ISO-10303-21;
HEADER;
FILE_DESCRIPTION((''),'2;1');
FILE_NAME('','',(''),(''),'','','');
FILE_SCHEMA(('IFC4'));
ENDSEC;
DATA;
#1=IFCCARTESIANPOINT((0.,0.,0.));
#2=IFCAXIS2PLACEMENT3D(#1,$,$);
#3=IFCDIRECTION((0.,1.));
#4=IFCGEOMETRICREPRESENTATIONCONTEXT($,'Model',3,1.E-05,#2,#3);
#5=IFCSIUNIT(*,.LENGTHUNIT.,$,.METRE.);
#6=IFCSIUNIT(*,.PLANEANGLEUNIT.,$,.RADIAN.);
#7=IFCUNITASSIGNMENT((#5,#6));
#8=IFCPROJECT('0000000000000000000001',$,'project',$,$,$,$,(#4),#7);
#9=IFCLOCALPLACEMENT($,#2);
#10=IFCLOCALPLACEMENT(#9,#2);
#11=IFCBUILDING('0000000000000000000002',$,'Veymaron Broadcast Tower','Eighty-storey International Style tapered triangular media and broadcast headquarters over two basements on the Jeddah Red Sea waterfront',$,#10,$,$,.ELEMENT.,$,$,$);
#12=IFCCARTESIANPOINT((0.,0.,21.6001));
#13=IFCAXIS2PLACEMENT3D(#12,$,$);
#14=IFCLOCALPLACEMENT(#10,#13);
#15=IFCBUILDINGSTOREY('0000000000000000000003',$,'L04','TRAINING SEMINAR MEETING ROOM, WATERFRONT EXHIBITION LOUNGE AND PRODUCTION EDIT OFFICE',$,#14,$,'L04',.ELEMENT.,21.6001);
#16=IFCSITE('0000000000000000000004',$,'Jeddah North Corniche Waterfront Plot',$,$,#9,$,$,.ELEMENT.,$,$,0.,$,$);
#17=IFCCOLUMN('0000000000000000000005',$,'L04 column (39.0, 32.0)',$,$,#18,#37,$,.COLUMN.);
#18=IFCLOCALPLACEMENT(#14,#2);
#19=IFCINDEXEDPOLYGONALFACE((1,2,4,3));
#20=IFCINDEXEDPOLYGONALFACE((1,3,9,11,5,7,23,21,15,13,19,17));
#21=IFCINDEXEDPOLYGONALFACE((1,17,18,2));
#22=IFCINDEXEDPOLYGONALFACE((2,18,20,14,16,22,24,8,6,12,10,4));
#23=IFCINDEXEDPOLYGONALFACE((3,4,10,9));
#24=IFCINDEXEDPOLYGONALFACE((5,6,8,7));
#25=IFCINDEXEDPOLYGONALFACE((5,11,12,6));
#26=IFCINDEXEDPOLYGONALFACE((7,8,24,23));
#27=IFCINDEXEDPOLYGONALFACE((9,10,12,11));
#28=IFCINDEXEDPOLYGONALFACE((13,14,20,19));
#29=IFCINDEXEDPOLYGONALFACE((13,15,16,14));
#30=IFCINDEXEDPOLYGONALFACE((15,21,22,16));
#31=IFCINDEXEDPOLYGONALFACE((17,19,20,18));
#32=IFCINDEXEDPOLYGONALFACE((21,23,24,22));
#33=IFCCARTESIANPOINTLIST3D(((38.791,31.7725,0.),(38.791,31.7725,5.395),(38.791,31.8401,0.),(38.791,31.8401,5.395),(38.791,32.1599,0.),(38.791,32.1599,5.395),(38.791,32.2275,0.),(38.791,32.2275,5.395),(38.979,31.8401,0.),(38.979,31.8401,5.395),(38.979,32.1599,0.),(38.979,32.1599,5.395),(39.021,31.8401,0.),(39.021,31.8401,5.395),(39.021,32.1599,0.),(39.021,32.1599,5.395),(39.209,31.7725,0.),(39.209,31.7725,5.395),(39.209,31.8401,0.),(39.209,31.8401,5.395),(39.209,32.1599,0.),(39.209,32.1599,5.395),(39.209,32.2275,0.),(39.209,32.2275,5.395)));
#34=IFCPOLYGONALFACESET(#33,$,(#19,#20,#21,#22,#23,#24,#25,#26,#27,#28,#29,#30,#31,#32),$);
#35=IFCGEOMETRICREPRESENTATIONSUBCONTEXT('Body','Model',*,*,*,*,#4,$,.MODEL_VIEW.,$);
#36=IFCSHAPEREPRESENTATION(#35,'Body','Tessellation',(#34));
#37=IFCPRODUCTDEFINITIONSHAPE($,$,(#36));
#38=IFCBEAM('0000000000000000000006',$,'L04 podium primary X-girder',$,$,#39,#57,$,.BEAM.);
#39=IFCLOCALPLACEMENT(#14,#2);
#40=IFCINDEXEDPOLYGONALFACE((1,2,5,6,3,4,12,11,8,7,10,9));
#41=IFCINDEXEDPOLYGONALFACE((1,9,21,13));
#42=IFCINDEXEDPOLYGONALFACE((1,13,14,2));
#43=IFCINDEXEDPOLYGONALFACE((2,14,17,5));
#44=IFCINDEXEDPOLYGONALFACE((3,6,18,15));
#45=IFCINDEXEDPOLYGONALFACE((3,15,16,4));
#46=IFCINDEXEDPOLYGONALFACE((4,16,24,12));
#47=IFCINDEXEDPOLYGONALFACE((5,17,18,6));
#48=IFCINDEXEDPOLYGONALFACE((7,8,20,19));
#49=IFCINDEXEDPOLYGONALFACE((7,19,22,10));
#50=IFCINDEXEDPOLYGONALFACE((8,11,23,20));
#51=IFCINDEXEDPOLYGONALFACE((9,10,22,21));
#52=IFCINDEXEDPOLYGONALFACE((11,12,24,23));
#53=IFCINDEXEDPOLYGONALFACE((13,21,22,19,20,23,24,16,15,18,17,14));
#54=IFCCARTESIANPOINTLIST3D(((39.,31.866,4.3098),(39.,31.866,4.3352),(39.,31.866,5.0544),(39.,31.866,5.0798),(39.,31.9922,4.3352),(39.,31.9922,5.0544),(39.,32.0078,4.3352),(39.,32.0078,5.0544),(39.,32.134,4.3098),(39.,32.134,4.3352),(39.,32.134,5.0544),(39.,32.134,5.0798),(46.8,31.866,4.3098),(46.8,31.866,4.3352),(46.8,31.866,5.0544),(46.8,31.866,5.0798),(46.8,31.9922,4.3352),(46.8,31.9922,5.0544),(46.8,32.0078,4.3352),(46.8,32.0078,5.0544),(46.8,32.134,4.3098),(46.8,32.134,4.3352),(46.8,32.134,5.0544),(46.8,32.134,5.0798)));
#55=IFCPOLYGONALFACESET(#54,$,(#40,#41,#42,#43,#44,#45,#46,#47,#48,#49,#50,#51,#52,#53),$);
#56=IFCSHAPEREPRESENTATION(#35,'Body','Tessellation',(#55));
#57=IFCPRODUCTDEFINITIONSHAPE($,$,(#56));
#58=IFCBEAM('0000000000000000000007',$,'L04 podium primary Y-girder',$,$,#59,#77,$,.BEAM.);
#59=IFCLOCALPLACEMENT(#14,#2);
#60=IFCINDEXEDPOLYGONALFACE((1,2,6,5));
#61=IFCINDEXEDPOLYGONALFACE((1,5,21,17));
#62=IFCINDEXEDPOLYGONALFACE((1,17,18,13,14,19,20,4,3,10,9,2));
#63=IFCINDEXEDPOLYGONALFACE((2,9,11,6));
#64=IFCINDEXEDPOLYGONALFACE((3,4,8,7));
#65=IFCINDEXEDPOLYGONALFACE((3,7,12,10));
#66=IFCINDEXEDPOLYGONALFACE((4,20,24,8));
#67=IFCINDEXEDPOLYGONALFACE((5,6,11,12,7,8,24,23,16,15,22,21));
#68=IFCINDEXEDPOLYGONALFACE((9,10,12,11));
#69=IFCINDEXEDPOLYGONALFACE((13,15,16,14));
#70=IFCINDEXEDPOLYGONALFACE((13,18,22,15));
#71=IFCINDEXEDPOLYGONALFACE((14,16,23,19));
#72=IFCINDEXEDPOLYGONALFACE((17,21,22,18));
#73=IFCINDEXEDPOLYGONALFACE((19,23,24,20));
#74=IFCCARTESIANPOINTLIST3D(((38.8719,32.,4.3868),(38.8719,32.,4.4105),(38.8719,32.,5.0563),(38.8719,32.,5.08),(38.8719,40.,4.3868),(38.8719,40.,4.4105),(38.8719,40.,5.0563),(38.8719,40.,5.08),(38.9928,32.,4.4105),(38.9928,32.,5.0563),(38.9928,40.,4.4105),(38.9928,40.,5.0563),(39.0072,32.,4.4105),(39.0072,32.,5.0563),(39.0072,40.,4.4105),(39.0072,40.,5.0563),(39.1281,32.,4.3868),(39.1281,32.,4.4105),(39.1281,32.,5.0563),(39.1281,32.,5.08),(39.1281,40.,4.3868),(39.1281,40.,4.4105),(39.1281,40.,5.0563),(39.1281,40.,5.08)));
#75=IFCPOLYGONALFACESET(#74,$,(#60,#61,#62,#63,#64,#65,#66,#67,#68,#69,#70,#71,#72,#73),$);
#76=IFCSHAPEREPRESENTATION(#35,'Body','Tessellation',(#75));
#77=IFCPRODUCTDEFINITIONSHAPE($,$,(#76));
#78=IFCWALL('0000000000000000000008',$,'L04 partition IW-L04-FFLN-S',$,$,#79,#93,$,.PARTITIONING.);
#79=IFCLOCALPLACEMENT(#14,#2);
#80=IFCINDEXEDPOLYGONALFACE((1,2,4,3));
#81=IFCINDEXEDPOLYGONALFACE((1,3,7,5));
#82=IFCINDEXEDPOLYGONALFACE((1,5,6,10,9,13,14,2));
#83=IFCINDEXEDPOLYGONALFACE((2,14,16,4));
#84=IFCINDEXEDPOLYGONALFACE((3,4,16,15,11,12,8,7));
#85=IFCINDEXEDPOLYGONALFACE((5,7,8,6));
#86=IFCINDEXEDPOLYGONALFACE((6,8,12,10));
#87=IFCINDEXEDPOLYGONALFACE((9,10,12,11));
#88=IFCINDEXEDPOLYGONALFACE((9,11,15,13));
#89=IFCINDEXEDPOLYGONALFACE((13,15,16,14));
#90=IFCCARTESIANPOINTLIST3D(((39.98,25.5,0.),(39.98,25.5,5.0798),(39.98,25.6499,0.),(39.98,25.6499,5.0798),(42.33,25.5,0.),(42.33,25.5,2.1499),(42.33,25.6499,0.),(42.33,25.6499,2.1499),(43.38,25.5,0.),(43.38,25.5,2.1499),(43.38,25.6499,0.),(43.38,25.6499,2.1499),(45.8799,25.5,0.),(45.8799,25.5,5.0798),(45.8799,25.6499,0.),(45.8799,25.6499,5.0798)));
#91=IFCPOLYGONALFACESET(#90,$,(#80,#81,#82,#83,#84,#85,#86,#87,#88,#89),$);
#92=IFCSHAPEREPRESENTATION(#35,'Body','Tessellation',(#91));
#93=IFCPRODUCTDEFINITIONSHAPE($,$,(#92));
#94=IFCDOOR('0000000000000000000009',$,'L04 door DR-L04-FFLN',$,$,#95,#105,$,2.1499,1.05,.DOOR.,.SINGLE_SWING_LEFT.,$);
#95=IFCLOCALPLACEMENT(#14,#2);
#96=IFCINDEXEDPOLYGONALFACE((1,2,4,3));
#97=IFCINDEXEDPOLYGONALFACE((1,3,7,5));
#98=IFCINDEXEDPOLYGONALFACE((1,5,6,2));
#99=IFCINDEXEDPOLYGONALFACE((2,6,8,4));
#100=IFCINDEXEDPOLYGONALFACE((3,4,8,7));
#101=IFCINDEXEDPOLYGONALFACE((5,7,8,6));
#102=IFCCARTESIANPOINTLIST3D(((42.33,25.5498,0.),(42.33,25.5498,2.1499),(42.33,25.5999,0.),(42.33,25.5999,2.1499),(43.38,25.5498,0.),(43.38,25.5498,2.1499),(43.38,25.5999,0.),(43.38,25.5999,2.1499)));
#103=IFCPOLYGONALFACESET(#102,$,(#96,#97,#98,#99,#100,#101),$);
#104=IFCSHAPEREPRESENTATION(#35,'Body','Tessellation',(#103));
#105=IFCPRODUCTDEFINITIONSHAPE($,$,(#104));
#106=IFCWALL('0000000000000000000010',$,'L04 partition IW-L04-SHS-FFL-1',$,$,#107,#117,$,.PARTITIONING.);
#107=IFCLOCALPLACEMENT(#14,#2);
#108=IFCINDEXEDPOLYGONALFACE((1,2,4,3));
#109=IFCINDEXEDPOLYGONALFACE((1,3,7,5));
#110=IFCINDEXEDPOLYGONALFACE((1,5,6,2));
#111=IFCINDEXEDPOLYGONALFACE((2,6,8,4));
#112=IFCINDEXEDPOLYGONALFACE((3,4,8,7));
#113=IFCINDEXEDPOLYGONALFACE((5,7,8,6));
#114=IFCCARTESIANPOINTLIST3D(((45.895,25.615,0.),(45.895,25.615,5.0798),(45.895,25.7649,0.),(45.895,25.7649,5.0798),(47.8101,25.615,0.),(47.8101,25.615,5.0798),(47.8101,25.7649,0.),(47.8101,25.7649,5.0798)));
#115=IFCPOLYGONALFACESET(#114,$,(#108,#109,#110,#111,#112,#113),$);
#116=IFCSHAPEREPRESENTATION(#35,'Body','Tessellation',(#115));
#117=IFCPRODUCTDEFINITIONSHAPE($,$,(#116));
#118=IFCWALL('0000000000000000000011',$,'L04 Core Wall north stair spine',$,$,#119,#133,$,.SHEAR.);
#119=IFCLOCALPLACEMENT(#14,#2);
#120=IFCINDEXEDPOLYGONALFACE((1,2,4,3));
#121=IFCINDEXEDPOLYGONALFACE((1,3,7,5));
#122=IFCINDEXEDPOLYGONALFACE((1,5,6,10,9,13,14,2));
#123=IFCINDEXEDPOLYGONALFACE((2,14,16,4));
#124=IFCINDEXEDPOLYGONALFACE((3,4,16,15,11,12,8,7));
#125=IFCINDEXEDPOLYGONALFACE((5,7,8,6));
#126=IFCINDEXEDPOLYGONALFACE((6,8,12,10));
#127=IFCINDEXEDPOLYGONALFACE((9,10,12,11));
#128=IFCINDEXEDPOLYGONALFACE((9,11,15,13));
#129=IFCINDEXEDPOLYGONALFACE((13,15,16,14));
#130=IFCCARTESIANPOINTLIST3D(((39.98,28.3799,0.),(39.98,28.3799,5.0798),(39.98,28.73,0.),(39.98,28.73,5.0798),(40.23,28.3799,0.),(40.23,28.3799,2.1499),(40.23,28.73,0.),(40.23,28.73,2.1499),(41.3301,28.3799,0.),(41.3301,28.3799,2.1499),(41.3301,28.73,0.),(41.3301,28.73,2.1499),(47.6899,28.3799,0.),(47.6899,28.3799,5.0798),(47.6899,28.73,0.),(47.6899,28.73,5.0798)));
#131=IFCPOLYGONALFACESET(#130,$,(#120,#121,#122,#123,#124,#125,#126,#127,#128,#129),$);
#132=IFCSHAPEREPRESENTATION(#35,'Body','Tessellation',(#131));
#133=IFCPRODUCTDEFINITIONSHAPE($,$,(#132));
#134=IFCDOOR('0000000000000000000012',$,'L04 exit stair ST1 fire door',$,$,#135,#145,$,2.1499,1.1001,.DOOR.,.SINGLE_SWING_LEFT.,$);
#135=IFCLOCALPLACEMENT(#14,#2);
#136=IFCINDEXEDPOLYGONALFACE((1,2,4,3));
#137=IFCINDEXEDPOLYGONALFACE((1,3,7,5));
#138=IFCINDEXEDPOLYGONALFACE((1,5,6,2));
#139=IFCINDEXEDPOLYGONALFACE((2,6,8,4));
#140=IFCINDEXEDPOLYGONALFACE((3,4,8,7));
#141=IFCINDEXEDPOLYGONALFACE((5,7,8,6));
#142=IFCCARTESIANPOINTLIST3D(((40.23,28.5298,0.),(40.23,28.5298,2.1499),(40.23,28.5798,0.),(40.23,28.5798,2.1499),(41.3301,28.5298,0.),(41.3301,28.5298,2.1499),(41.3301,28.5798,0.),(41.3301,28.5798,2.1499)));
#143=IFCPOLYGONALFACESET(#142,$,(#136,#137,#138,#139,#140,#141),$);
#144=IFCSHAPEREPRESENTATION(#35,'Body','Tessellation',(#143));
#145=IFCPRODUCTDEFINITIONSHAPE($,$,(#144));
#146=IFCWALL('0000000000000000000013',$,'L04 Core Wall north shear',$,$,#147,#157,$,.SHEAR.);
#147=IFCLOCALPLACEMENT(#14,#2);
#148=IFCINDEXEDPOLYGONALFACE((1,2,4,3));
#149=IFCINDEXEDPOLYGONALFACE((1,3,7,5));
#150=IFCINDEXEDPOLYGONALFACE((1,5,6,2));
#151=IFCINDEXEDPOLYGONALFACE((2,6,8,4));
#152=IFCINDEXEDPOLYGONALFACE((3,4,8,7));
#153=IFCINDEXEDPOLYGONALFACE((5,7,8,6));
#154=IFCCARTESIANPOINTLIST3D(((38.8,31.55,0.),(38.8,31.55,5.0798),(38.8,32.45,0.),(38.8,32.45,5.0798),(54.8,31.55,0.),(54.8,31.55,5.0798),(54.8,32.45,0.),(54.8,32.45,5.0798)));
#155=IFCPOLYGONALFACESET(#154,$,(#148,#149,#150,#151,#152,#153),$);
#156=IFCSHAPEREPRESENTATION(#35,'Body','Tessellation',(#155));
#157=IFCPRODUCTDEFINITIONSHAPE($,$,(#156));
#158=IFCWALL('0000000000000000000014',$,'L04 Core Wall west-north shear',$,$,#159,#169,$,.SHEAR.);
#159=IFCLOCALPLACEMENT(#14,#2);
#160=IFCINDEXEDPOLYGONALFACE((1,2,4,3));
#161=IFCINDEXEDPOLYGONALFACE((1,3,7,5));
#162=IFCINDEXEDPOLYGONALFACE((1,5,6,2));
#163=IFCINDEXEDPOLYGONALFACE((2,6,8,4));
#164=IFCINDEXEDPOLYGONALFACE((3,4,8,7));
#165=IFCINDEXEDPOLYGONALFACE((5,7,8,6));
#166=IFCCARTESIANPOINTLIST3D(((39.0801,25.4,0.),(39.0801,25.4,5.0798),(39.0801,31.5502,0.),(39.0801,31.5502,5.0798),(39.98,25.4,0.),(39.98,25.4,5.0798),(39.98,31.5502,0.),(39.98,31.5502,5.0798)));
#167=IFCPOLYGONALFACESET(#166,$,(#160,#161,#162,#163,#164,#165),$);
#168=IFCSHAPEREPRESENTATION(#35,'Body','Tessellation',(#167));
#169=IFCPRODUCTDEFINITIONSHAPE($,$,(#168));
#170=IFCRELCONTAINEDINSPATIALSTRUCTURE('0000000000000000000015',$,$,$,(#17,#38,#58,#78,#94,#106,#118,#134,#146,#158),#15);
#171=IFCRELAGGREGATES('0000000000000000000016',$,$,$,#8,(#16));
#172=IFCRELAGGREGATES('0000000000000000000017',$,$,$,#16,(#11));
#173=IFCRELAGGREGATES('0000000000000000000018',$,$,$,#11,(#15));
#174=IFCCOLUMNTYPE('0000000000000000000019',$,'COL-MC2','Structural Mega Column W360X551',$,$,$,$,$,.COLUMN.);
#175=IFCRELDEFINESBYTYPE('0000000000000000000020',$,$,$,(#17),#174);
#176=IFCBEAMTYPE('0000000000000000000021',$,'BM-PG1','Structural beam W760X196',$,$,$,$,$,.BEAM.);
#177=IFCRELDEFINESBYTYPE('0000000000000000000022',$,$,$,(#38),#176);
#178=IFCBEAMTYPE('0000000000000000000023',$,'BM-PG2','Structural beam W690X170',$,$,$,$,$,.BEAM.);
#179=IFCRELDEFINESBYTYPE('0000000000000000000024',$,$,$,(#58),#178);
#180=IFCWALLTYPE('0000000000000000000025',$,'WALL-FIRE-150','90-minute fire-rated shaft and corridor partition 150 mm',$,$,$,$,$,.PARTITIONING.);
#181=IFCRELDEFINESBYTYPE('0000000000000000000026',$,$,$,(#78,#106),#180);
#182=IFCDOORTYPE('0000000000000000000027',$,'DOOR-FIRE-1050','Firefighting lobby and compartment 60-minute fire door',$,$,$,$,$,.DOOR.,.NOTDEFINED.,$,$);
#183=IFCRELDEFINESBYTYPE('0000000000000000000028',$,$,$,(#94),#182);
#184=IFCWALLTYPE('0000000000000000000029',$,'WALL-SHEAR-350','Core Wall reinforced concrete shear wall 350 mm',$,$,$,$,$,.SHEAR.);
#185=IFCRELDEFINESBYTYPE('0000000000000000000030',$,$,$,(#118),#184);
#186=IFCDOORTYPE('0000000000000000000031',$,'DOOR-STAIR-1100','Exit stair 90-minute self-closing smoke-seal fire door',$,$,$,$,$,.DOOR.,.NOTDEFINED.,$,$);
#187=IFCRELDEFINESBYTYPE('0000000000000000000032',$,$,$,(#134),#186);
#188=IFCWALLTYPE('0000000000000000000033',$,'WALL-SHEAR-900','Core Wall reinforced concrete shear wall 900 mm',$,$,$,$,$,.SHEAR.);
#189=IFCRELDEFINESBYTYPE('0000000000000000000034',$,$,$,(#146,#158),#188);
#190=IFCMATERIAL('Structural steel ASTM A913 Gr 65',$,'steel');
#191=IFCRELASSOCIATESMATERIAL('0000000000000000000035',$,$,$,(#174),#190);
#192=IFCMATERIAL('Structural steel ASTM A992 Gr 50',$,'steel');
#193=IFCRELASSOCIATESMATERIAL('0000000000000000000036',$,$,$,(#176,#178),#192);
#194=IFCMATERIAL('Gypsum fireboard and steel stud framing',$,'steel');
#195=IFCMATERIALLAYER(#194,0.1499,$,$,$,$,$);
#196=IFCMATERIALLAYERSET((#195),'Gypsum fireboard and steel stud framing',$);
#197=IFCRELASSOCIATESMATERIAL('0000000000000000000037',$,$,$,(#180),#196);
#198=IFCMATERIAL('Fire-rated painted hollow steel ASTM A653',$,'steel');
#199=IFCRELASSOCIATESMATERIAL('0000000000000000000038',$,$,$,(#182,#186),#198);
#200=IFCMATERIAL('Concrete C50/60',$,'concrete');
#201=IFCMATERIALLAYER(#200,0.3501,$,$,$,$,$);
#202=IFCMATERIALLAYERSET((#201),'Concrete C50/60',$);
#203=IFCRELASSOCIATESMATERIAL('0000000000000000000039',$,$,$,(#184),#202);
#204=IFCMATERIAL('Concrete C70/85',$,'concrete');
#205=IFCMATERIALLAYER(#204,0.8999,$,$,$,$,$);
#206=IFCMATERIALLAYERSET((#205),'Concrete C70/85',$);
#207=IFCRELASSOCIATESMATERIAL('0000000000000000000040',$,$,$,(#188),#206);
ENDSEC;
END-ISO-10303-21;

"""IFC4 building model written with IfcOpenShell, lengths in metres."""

from ifc_helpers import new_model, si_unit, direction, frame, frame_2d, origin, origin_2d, place, context, subcontext, project, spatial, rectangle, i_section, extrude, material, layer, layer_set, material_profile, profile_set, type_object, element, fill, save


model = new_model("IFC4")

# Units and contexts
model_context = context("Model", 3, precision=1e-05, world=origin(), true_north=direction((0.0, 1.0)))
body_context = subcontext(model_context, "Body", "Model", "MODEL_VIEW")
ifc_project = project(units=[si_unit("LENGTHUNIT", "METRE"), si_unit("PLANEANGLEUNIT", "RADIAN")], contexts=[model_context])

# Site, building, storey
site_placement = place(None, origin())
site = spatial("IfcSite", under=ifc_project, at=site_placement, Name="Jeddah North Corniche Waterfront Plot", CompositionType="ELEMENT", RefElevation=0.0)
building_placement = place(site_placement, origin())
building = spatial("IfcBuilding", under=site, at=building_placement, Name="Veymaron Broadcast Tower", Description="Eighty-storey International Style tapered triangular media and broadcast headquarters over two basements on the Jeddah Red Sea waterfront", CompositionType="ELEMENT")
storey_placement = place(building_placement, frame((0.0, 0.0, 21.6001)))
storey = spatial("IfcBuildingStorey", under=building, at=storey_placement, Name="L04", Description="TRAINING SEMINAR MEETING ROOM, WATERFRONT EXHIBITION LOUNGE AND PRODUCTION EDIT OFFICE", LongName="L04", CompositionType="ELEMENT", Elevation=21.6001)

# Column
ifc_material_1 = material(Name="Structural steel ASTM A913 Gr 65", Category="steel")
ifc_material_profile_1 = material_profile(ifc_material_1, i_section(OverallWidth=0.418, OverallDepth=0.4551, WebThickness=0.042, FlangeThickness=0.0676, at=origin_2d()), Name="W360X551")
ifc_profile_set_1 = profile_set([ifc_material_profile_1], Name="Structural steel ASTM A913 Gr 65")
column_type = type_object("IfcColumnType", Name="COL-MC2", Description="Structural Mega Column W360X551", PredefinedType="COLUMN", material=ifc_profile_set_1)
column_placement = place(storey_placement, frame((39.0, 32.0, 0.0), z_axis=(0.0, 0.0, 1.0), x_axis=(1.0, 0.0, 0.0)))
element("IfcColumn", 1, at=column_placement, inside=storey, type_object=column_type, Name="L04 column (39.0, 32.0)", PredefinedType="COLUMN", context=body_context, shape_type="SweptSolid", body=[
    extrude(i_section(OverallWidth=0.418, OverallDepth=0.4551, WebThickness=0.042, FlangeThickness=0.0676, at=origin_2d()), origin(), (0.0, 0.0, 1.0), 5.395),
])

# Beams
ifc_material_2 = material(Name="Structural steel ASTM A992 Gr 50", Category="steel")
ifc_material_profile_2 = material_profile(ifc_material_2, i_section(OverallWidth=0.2681, OverallDepth=0.77, WebThickness=0.0156, FlangeThickness=0.0254, at=origin_2d()), Name="W760X196")
ifc_profile_set_2 = profile_set([ifc_material_profile_2], Name="Structural steel ASTM A992 Gr 50")
beam_type_1 = type_object("IfcBeamType", Name="BM-PG1", Description="Structural beam W760X196", PredefinedType="BEAM", material=ifc_profile_set_2)
beam_1_placement = place(storey_placement, frame((39.0, 32.0, 4.6948), z_axis=(1.0, 0.0, 0.0), x_axis=(0.0, 1.0, 0.0)))
element("IfcBeam", 2, at=beam_1_placement, inside=storey, type_object=beam_type_1, Name="L04 podium primary X-girder", PredefinedType="BEAM", context=body_context, shape_type="SweptSolid", body=[
    extrude(i_section(OverallWidth=0.2681, OverallDepth=0.77, WebThickness=0.0156, FlangeThickness=0.0254, at=origin_2d()), origin(), (0.0, 0.0, 1.0), 7.8),
])
ifc_material_profile_3 = material_profile(ifc_material_2, i_section(OverallWidth=0.2561, OverallDepth=0.6931, WebThickness=0.0144, FlangeThickness=0.0237, at=origin_2d()), Name="W690X170")
ifc_profile_set_3 = profile_set([ifc_material_profile_3], Name="Structural steel ASTM A992 Gr 50")
beam_type_2 = type_object("IfcBeamType", Name="BM-PG2", Description="Structural beam W690X170", PredefinedType="BEAM", material=ifc_profile_set_3)
beam_2_placement = place(storey_placement, frame((39.0, 32.0, 4.7334), z_axis=(0.0, 1.0, 0.0), x_axis=(-1.0, 0.0, 0.0)))
element("IfcBeam", 3, at=beam_2_placement, inside=storey, type_object=beam_type_2, Name="L04 podium primary Y-girder", PredefinedType="BEAM", context=body_context, shape_type="SweptSolid", body=[
    extrude(i_section(OverallWidth=0.2561, OverallDepth=0.6931, WebThickness=0.0144, FlangeThickness=0.0237, at=origin_2d()), origin(), (0.0, 0.0, 1.0), 8.0),
])

# Wall, opening, door
ifc_material_3 = material(Name="Gypsum fireboard and steel stud framing", Category="steel")
ifc_layer_1 = layer(ifc_material_3, 0.1499)
ifc_layer_set_1 = layer_set([ifc_layer_1], Name="Gypsum fireboard and steel stud framing")
wall_type_1 = type_object("IfcWallType", Name="WALL-FIRE-150", Description="90-minute fire-rated shaft and corridor partition 150 mm", PredefinedType="PARTITIONING", material=ifc_layer_set_1)
wall_1_placement = place(storey_placement, frame((39.98, 25.575, 0.0), z_axis=(0.0, 0.0, 1.0), x_axis=(1.0, 0.0, 0.0)))
wall_1 = element("IfcWall", 4, at=wall_1_placement, inside=storey, type_object=wall_type_1, Name="L04 partition IW-L04-FFLN-S", PredefinedType="PARTITIONING", context=body_context, shape_type="SweptSolid", body=[
    extrude(rectangle(XDim=5.8999, YDim=0.1499, at=frame_2d((2.95, 0.0))), origin(), (0.0, 0.0, 1.0), 5.0798),
])
opening_1_placement = place(wall_1_placement, frame((2.3501, 0.0, 0.0)))
opening_1 = element("IfcOpeningElement", 5, at=opening_1_placement, cuts=wall_1, PredefinedType="OPENING", context=body_context, shape_type="SweptSolid", body=[
    extrude(rectangle(XDim=1.05, YDim=2.1499, at=frame_2d((0.5249, 1.075))), frame((0.0, 0.085, 0.0), z_axis=(0.0, -1.0, 0.0), x_axis=(1.0, 0.0, 0.0)), (0.0, 0.0, 1.0), 0.1699),
])
ifc_material_4 = material(Name="Fire-rated painted hollow steel ASTM A653", Category="steel")
door_type_1 = type_object("IfcDoorType", Name="DOOR-FIRE-1050", Description="Firefighting lobby and compartment 60-minute fire door", OperationType="NOTDEFINED", PredefinedType="DOOR", material=ifc_material_4)
door_1_placement = place(opening_1_placement, origin())
door_1 = element("IfcDoor", 6, at=door_1_placement, inside=storey, type_object=door_type_1, Name="L04 door DR-L04-FFLN", OperationType="SINGLE_SWING_LEFT", OverallHeight=2.1499, OverallWidth=1.05, PredefinedType="DOOR", context=body_context, shape_type="SweptSolid", body=[
    extrude(rectangle(XDim=1.05, YDim=2.1499, at=frame_2d((0.5249, 1.075))), frame((0.0, 0.0249, 0.0), z_axis=(0.0, -1.0, 0.0), x_axis=(1.0, 0.0, 0.0)), (0.0, 0.0, 1.0), 0.05),
])
fill(opening_1, door_1)

# Wall
wall_2_placement = place(storey_placement, frame((45.895, 25.6899, 0.0), z_axis=(0.0, 0.0, 1.0), x_axis=(1.0, 0.0, 0.0)))
element("IfcWall", 7, at=wall_2_placement, inside=storey, type_object=wall_type_1, Name="L04 partition IW-L04-SHS-FFL-1", PredefinedType="PARTITIONING", context=body_context, shape_type="SweptSolid", body=[
    extrude(rectangle(XDim=1.915, YDim=0.1499, at=frame_2d((0.9575, 0.0))), origin(), (0.0, 0.0, 1.0), 5.0798),
])

# Wall, opening, door
ifc_material_5 = material(Name="Concrete C50/60", Category="concrete")
ifc_layer_2 = layer(ifc_material_5, 0.3501)
ifc_layer_set_2 = layer_set([ifc_layer_2], Name="Concrete C50/60")
wall_type_2 = type_object("IfcWallType", Name="WALL-SHEAR-350", Description="Core Wall reinforced concrete shear wall 350 mm", PredefinedType="SHEAR", material=ifc_layer_set_2)
wall_3_placement = place(storey_placement, frame((39.98, 28.5549, 0.0), z_axis=(0.0, 0.0, 1.0), x_axis=(1.0, 0.0, 0.0)))
wall_3 = element("IfcWall", 8, at=wall_3_placement, inside=storey, type_object=wall_type_2, Name="L04 Core Wall north stair spine", PredefinedType="SHEAR", context=body_context, shape_type="SweptSolid", body=[
    extrude(rectangle(XDim=7.71, YDim=0.3501, at=frame_2d((3.855, 0.0))), origin(), (0.0, 0.0, 1.0), 5.0798),
])
opening_2_placement = place(wall_3_placement, frame((0.25, 0.0, 0.0)))
opening_2 = element("IfcOpeningElement", 9, at=opening_2_placement, cuts=wall_3, PredefinedType="OPENING", context=body_context, shape_type="SweptSolid", body=[
    extrude(rectangle(XDim=1.1001, YDim=2.1499, at=frame_2d((0.55, 1.075))), frame((0.0, 0.1851, 0.0), z_axis=(0.0, -1.0, 0.0), x_axis=(1.0, 0.0, 0.0)), (0.0, 0.0, 1.0), 0.3701),
])
door_type_2 = type_object("IfcDoorType", Name="DOOR-STAIR-1100", Description="Exit stair 90-minute self-closing smoke-seal fire door", OperationType="NOTDEFINED", PredefinedType="DOOR", material=ifc_material_4)
door_2_placement = place(opening_2_placement, origin())
door_2 = element("IfcDoor", 10, at=door_2_placement, inside=storey, type_object=door_type_2, Name="L04 exit stair ST1 fire door", OperationType="SINGLE_SWING_LEFT", OverallHeight=2.1499, OverallWidth=1.1001, PredefinedType="DOOR", context=body_context, shape_type="SweptSolid", body=[
    extrude(rectangle(XDim=1.1001, YDim=2.1499, at=frame_2d((0.55, 1.075))), frame((0.0, 0.0249, 0.0), z_axis=(0.0, -1.0, 0.0), x_axis=(1.0, 0.0, 0.0)), (0.0, 0.0, 1.0), 0.05),
])
fill(opening_2, door_2)

# Walls
ifc_material_6 = material(Name="Concrete C70/85", Category="concrete")
ifc_layer_3 = layer(ifc_material_6, 0.8999)
ifc_layer_set_3 = layer_set([ifc_layer_3], Name="Concrete C70/85")
wall_type_3 = type_object("IfcWallType", Name="WALL-SHEAR-900", Description="Core Wall reinforced concrete shear wall 900 mm", PredefinedType="SHEAR", material=ifc_layer_set_3)
wall_4_placement = place(storey_placement, frame((38.8, 32.0, 0.0), z_axis=(0.0, 0.0, 1.0), x_axis=(1.0, 0.0, 0.0)))
element("IfcWall", 11, at=wall_4_placement, inside=storey, type_object=wall_type_3, Name="L04 Core Wall north shear", PredefinedType="SHEAR", context=body_context, shape_type="SweptSolid", body=[
    extrude(rectangle(XDim=16.0, YDim=0.8999, at=frame_2d((8.0, 0.0))), origin(), (0.0, 0.0, 1.0), 5.0798),
])
wall_5_placement = place(storey_placement, frame((39.53, 25.3999, 0.0), z_axis=(0.0, 0.0, 1.0), x_axis=(0.0, 1.0, 0.0)))
element("IfcWall", 12, at=wall_5_placement, inside=storey, type_object=wall_type_3, Name="L04 Core Wall west-north shear", PredefinedType="SHEAR", context=body_context, shape_type="SweptSolid", body=[
    extrude(rectangle(XDim=6.1501, YDim=0.8999, at=frame_2d((3.0752, 0.0))), origin(), (0.0, 0.0, 1.0), 5.0798),
])

save(model, "model.ifc")
